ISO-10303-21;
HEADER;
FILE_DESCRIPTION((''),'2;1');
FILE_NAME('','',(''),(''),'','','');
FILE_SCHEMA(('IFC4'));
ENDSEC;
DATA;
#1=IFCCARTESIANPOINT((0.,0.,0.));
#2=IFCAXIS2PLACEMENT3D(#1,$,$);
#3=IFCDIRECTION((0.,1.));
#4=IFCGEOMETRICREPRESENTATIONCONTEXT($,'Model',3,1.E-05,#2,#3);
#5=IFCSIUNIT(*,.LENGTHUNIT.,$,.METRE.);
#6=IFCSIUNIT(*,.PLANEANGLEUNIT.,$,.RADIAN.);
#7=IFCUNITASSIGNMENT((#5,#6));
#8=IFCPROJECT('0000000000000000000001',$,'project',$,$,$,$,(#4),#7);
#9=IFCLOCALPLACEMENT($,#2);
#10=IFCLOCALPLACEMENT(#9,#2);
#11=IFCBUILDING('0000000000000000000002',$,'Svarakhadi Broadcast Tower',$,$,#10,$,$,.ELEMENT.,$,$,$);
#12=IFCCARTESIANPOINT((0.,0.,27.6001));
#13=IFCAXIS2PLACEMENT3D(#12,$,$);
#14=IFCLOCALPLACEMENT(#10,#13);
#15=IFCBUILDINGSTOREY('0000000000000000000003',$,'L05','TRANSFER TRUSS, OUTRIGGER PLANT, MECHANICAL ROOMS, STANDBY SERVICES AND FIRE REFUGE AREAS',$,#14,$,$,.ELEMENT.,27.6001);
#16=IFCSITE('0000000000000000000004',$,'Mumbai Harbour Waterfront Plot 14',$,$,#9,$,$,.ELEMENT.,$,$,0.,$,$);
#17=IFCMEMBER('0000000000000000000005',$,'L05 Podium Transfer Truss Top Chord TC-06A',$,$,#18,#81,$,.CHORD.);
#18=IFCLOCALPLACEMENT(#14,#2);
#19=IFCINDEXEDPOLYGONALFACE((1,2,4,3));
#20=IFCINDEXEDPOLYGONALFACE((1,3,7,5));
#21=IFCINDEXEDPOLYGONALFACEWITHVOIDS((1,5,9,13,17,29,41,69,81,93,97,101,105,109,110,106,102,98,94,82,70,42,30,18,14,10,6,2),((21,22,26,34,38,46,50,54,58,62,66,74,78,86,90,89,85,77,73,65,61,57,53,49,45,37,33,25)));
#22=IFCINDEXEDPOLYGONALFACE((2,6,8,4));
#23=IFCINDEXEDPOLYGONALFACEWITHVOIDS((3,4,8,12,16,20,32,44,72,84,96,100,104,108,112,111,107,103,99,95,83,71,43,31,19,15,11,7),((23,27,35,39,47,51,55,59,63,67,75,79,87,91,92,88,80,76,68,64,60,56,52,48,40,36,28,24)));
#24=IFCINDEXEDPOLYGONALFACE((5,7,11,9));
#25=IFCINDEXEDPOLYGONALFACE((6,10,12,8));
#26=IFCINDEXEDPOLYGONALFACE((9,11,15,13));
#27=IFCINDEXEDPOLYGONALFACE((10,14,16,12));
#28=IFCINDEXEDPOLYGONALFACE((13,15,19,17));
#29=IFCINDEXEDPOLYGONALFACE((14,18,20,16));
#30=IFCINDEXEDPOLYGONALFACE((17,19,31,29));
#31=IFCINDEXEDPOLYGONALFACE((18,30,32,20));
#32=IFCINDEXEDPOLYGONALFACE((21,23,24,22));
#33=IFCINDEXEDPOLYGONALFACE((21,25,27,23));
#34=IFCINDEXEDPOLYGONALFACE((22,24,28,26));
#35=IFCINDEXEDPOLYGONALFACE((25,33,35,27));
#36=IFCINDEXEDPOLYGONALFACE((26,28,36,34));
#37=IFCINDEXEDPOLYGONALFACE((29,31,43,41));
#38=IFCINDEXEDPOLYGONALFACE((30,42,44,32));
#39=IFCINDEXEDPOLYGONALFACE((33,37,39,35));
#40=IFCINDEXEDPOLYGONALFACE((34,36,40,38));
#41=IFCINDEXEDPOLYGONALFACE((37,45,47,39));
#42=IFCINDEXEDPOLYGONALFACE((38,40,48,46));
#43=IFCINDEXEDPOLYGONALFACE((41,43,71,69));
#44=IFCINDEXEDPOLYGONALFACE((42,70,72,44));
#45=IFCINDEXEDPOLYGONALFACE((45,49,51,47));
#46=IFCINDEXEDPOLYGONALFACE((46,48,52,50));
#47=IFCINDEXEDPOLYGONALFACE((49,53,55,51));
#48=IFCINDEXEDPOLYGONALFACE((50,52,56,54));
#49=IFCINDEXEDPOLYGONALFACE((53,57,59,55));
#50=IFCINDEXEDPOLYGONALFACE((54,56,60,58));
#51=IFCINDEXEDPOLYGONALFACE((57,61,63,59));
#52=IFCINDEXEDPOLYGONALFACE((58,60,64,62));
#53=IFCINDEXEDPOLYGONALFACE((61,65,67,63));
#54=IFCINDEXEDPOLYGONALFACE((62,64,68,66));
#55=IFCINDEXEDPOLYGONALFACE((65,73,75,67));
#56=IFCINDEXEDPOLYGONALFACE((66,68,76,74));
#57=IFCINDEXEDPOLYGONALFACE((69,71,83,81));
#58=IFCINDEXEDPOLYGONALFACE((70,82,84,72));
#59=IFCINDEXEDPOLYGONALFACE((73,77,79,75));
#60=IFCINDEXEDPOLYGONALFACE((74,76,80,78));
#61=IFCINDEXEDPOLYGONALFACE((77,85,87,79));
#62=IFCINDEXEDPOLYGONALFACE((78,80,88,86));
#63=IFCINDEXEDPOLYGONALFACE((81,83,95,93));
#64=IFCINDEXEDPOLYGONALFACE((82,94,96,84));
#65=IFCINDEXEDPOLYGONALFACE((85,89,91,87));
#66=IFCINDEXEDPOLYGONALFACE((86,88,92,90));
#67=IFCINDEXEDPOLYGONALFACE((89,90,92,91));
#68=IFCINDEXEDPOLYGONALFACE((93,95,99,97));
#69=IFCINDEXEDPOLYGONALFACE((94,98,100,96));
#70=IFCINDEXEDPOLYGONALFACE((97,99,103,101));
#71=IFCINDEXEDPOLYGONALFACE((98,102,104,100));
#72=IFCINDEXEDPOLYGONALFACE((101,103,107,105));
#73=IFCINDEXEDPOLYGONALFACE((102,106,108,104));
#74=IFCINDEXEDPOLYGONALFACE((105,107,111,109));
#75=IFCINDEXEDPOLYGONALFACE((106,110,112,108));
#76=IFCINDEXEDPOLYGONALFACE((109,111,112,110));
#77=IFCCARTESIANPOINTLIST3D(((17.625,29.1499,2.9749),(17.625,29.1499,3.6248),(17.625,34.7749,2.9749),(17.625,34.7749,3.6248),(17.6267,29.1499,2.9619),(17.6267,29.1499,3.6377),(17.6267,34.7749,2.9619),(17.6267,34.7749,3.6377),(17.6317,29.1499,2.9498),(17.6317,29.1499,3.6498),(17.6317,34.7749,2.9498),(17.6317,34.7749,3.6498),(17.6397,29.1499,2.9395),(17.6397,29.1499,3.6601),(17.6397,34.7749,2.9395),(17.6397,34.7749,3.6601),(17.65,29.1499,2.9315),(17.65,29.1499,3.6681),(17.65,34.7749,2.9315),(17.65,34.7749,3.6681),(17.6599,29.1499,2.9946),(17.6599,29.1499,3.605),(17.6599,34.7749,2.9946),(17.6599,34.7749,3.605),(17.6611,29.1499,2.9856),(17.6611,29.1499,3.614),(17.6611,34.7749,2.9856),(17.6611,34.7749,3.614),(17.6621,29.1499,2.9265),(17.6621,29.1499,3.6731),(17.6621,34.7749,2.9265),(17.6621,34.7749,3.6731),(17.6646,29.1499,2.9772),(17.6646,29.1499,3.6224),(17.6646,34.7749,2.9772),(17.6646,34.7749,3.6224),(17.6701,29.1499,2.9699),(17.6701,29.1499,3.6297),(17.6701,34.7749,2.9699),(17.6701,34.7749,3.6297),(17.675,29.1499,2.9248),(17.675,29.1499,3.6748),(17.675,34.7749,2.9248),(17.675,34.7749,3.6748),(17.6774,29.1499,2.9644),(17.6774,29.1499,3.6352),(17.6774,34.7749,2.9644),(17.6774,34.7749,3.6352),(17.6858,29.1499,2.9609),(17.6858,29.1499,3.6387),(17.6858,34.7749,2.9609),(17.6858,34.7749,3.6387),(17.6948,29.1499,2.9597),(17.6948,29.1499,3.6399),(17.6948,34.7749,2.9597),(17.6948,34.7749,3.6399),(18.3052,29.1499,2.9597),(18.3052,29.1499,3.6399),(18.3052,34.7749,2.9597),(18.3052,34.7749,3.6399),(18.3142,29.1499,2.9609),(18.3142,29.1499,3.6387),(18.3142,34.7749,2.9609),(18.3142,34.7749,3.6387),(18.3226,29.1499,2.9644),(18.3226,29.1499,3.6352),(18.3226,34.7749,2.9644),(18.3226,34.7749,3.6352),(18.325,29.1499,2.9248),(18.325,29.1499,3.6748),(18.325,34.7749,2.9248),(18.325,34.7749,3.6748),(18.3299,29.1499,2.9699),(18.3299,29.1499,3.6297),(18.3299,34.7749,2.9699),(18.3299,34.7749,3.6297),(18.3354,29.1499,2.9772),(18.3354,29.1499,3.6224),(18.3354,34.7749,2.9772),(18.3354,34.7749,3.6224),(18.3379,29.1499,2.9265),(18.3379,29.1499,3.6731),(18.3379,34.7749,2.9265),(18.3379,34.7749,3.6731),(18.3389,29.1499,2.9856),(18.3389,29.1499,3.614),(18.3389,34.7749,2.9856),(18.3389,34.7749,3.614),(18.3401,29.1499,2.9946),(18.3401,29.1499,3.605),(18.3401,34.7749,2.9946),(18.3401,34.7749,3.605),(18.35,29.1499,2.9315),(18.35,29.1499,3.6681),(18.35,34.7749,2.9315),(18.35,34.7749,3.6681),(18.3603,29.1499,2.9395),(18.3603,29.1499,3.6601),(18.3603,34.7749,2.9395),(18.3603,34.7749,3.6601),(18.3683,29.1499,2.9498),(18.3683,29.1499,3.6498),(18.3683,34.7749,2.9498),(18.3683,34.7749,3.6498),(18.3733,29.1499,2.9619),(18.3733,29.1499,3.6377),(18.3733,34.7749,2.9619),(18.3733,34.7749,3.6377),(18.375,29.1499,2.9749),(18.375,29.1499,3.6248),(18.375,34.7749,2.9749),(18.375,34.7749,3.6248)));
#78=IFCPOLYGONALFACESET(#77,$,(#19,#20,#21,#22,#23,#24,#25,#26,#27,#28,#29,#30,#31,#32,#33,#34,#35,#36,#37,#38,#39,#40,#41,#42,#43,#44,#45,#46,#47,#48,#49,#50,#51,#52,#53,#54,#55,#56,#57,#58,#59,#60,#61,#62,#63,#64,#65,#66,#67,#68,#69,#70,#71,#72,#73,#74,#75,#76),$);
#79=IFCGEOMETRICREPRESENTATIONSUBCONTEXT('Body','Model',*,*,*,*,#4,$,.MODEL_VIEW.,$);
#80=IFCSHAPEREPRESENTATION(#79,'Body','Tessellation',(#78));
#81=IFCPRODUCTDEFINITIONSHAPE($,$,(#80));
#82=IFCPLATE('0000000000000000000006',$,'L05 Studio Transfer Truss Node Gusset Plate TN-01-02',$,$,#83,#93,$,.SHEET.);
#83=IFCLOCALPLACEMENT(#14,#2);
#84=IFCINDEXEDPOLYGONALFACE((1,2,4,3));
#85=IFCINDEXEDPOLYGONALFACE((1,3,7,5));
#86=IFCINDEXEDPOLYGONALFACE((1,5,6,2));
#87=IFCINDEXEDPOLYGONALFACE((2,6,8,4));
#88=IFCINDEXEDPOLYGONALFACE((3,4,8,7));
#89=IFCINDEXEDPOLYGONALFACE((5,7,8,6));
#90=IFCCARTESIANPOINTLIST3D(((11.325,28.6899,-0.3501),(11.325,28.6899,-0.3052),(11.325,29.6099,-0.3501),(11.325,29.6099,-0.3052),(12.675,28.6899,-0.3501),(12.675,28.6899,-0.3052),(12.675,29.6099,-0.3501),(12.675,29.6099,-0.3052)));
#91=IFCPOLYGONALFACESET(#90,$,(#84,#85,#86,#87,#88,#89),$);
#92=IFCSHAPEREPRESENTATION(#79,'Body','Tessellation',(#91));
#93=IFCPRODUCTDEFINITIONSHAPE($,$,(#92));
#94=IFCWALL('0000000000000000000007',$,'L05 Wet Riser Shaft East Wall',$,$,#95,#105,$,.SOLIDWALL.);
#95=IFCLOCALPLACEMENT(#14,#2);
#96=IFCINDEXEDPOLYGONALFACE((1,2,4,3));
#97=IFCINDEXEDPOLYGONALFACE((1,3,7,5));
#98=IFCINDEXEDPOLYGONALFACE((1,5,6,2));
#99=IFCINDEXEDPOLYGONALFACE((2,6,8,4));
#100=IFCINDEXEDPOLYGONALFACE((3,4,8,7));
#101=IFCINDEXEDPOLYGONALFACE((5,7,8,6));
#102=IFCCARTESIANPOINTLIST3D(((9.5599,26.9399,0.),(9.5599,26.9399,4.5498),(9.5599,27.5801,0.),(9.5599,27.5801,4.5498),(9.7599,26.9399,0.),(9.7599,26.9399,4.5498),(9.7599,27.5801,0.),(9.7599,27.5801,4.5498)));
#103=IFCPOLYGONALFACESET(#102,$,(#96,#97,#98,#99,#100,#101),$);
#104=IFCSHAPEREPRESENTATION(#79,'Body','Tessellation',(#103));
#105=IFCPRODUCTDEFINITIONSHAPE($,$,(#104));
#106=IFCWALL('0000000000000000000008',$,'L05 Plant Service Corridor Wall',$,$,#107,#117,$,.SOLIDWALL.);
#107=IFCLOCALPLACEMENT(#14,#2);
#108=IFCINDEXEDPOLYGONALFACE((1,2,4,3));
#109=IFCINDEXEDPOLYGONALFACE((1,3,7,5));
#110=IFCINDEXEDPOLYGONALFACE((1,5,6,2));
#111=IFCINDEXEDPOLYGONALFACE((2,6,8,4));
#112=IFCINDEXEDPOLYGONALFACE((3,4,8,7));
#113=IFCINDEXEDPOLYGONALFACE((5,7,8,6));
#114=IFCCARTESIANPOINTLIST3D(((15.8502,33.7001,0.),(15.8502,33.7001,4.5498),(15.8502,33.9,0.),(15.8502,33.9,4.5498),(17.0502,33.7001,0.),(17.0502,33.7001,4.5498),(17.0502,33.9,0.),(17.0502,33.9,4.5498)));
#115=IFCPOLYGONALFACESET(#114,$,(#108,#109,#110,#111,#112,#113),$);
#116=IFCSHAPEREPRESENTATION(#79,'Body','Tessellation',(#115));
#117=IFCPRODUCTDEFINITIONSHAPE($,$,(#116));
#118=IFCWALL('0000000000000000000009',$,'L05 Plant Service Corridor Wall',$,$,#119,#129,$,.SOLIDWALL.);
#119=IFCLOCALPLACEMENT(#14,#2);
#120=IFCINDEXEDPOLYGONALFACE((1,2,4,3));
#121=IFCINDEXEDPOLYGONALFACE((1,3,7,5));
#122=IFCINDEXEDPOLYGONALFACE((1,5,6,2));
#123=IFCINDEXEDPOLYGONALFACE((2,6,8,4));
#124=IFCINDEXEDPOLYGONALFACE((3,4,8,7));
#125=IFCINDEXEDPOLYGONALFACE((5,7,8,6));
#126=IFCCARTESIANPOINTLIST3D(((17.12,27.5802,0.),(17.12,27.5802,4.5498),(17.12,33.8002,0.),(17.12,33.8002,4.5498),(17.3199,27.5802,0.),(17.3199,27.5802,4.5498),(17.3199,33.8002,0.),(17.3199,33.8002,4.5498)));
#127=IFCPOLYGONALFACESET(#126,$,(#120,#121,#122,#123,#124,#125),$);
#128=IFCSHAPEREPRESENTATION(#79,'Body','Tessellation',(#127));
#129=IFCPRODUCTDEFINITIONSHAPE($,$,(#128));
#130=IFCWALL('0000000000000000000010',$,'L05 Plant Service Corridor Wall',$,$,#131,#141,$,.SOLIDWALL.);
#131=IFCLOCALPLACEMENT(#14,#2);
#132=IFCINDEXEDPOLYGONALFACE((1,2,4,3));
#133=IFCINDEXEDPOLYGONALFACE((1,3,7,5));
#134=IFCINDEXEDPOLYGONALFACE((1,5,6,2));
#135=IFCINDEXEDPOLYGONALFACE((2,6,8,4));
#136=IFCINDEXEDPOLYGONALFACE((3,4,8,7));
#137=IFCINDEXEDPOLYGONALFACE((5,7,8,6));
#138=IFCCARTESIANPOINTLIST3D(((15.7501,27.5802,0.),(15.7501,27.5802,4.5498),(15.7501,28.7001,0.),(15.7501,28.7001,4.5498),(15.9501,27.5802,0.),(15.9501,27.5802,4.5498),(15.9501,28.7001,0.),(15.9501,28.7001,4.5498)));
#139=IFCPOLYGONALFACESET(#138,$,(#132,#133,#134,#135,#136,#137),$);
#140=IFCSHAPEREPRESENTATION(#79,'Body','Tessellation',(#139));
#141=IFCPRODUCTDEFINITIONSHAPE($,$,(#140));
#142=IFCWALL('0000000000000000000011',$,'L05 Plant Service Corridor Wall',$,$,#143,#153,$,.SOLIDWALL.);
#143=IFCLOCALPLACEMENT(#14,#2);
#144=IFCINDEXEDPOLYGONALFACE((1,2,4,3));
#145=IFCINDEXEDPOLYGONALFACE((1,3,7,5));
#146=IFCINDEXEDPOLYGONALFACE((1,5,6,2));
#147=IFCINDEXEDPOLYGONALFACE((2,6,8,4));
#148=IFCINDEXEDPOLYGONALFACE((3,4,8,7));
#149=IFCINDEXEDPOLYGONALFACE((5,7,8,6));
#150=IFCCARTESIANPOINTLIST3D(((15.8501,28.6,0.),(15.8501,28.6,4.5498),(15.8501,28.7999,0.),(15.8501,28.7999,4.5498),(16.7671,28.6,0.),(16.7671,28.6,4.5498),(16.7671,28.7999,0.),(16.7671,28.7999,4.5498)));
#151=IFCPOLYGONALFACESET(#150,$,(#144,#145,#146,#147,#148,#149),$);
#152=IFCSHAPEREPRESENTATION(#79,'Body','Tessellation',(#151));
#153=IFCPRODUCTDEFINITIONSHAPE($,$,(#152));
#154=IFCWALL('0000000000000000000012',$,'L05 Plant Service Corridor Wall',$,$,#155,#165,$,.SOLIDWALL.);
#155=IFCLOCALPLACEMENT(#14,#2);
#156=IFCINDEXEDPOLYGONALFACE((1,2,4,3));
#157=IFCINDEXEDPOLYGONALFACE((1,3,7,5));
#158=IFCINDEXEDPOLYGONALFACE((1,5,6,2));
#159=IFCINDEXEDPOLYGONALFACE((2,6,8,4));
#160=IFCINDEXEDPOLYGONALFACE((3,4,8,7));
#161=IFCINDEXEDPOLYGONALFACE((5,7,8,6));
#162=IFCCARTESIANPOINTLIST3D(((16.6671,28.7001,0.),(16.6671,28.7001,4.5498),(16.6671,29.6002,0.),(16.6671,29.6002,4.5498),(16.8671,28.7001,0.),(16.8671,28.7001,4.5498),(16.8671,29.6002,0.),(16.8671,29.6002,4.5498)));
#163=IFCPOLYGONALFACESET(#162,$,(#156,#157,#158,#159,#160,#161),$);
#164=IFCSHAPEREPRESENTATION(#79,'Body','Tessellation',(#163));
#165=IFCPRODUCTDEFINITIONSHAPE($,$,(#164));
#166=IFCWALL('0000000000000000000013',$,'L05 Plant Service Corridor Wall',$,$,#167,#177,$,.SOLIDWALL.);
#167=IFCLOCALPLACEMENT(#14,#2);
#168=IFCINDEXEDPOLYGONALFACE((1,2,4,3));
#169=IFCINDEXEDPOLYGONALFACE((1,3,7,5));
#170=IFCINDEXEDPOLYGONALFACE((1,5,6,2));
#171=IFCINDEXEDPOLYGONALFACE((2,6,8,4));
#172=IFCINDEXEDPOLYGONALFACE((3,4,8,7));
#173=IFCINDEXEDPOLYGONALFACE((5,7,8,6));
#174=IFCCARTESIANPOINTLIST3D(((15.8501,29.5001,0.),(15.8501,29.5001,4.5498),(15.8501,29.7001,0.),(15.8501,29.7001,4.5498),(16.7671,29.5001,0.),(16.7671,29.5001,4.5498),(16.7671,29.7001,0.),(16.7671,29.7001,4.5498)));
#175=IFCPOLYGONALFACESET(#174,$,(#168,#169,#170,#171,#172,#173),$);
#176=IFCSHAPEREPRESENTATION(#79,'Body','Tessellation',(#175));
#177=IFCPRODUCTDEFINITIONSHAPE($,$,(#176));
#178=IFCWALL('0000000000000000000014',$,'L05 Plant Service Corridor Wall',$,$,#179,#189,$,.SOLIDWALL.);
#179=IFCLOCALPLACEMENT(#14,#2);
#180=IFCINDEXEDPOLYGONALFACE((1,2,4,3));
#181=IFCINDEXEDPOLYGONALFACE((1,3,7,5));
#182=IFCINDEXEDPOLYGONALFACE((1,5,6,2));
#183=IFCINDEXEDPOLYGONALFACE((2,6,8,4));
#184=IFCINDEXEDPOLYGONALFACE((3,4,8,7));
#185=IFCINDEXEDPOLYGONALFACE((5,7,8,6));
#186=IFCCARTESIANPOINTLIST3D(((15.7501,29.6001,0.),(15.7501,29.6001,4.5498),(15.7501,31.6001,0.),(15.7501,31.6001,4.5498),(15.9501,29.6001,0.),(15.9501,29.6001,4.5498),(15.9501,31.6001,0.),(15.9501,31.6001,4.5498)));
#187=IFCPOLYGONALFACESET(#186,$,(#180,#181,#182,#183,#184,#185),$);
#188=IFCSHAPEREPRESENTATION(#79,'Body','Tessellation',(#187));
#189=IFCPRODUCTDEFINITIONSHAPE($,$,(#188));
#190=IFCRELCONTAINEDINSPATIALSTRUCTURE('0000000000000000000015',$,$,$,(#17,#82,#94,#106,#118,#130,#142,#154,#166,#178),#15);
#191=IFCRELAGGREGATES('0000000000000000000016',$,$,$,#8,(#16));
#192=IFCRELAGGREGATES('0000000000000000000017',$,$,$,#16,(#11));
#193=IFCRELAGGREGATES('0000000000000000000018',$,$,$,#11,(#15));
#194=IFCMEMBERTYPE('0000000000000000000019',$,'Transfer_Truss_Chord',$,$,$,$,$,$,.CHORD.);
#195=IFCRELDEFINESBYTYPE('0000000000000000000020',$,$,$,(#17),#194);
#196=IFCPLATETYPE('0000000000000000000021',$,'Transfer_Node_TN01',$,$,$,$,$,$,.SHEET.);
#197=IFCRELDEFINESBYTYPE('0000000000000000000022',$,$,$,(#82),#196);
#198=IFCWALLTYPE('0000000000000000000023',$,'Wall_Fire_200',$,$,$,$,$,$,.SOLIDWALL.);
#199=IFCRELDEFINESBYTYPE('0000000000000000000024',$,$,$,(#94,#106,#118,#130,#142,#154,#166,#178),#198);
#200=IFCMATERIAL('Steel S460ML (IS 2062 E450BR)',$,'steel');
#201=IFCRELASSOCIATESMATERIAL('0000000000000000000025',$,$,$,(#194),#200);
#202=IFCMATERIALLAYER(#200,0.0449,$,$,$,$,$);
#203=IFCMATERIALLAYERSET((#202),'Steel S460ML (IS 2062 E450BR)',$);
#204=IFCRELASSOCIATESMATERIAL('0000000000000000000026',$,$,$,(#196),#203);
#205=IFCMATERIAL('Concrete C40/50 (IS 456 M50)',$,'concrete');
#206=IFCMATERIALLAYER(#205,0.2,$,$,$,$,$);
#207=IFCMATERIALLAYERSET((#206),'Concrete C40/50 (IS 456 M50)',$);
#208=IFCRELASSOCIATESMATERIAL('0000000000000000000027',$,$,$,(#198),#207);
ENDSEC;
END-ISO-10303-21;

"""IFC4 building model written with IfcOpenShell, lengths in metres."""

from ifc_helpers import new_model, si_unit, direction, frame, frame_2d, origin, origin_2d, place, context, subcontext, project, spatial, rectangle, hollow_rectangle, extrude, material, layer, layer_set, material_profile, profile_set, type_object, element, save


model = new_model("IFC4")

# Units and contexts
model_context = context("Model", 3, precision=1e-05, world=origin(), true_north=direction((0.0, 1.0)))
body_context = subcontext(model_context, "Body", "Model", "MODEL_VIEW")
ifc_project = project(units=[si_unit("LENGTHUNIT", "METRE"), si_unit("PLANEANGLEUNIT", "RADIAN")], contexts=[model_context])

# Site, building, storey
site_placement = place(None, origin())
site = spatial("IfcSite", under=ifc_project, at=site_placement, Name="Mumbai Harbour Waterfront Plot 14", CompositionType="ELEMENT", RefElevation=0.0)
building_placement = place(site_placement, origin())
building = spatial("IfcBuilding", under=site, at=building_placement, Name="Svarakhadi Broadcast Tower", CompositionType="ELEMENT")
storey_placement = place(building_placement, frame((0.0, 0.0, 27.6001)))
storey = spatial("IfcBuildingStorey", under=building, at=storey_placement, Name="L05", Description="TRANSFER TRUSS, OUTRIGGER PLANT, MECHANICAL ROOMS, STANDBY SERVICES AND FIRE REFUGE AREAS", CompositionType="ELEMENT", Elevation=27.6001)

# Shared definitions
ifc_material_1 = material(Name="Steel S460ML (IS 2062 E450BR)", Category="steel")

# Member
ifc_material_profile_1 = material_profile(ifc_material_1, hollow_rectangle(XDim=0.75, YDim=0.75, WallThickness=0.0349, InnerFilletRadius=0.0349, OuterFilletRadius=0.05, at=origin_2d()), Name="BOX 750x750x35")
ifc_profile_set_1 = profile_set([ifc_material_profile_1], Name="Steel S460ML (IS 2062 E450BR)")
member_type_1 = type_object("IfcMemberType", Name="Transfer_Truss_Chord", PredefinedType="CHORD", material=ifc_profile_set_1)
member_placement = place(storey_placement, frame((18.0, 29.1499, 3.2998), z_axis=(0.0, 1.0, 0.0), x_axis=(-1.0, 0.0, 0.0)))
element("IfcMember", 1, at=member_placement, inside=storey, type_object=member_type_1, Name="L05 Podium Transfer Truss Top Chord TC-06A", PredefinedType="CHORD", context=body_context, shape_type="SweptSolid", body=[
    extrude(hollow_rectangle(XDim=0.75, YDim=0.75, WallThickness=0.0349, InnerFilletRadius=0.0349, OuterFilletRadius=0.05, at=origin_2d()), origin(), (0.0, 0.0, 1.0), 5.625),
])

# Plate
ifc_layer_1 = layer(ifc_material_1, 0.0449)
ifc_layer_set_1 = layer_set([ifc_layer_1], Name="Steel S460ML (IS 2062 E450BR)")
plate_type = type_object("IfcPlateType", Name="Transfer_Node_TN01", PredefinedType="SHEET", material=ifc_layer_set_1)
plate_placement = place(storey_placement, frame((12.0, 29.1499, -0.3501), z_axis=(0.0, 0.0, 1.0), x_axis=(1.0, 0.0, 0.0)))
element("IfcPlate", 2, at=plate_placement, inside=storey, type_object=plate_type, Name="L05 Studio Transfer Truss Node Gusset Plate TN-01-02", PredefinedType="SHEET", context=body_context, shape_type="SweptSolid", body=[
    extrude(rectangle(XDim=1.3501, YDim=0.9199, at=origin_2d()), origin(), (0.0, 0.0, 1.0), 0.0449),
])

# Walls
ifc_material_2 = material(Name="Concrete C40/50 (IS 456 M50)", Category="concrete")
ifc_layer_2 = layer(ifc_material_2, 0.2)
ifc_layer_set_2 = layer_set([ifc_layer_2], Name="Concrete C40/50 (IS 456 M50)")
wall_type = type_object("IfcWallType", Name="Wall_Fire_200", PredefinedType="SOLIDWALL", material=ifc_layer_set_2)
wall_1_placement = place(storey_placement, frame((9.6599, 26.9399, 0.0), z_axis=(0.0, 0.0, 1.0), x_axis=(0.0, 1.0, 0.0)))
element("IfcWall", 3, at=wall_1_placement, inside=storey, type_object=wall_type, Name="L05 Wet Riser Shaft East Wall", PredefinedType="SOLIDWALL", context=body_context, shape_type="SweptSolid", body=[
    extrude(rectangle(XDim=0.6401, YDim=0.2, at=frame_2d((0.3201, 0.0))), origin(), (0.0, 0.0, 1.0), 4.5498),
])
wall_2_placement = place(storey_placement, frame((15.8501, 33.8, 0.0), z_axis=(0.0, 0.0, 1.0), x_axis=(1.0, 0.0, 0.0)))
element("IfcWall", 4, at=wall_2_placement, inside=storey, type_object=wall_type, Name="L05 Plant Service Corridor Wall", PredefinedType="SOLIDWALL", context=body_context, shape_type="SweptSolid", body=[
    extrude(rectangle(XDim=1.2, YDim=0.2, at=frame_2d((0.6001, 0.0))), origin(), (0.0, 0.0, 1.0), 4.5498),
])
wall_3_placement = place(storey_placement, frame((17.22, 33.8, 0.0), z_axis=(0.0, 0.0, 1.0), x_axis=(0.0, -1.0, 0.0)))
element("IfcWall", 5, at=wall_3_placement, inside=storey, type_object=wall_type, Name="L05 Plant Service Corridor Wall", PredefinedType="SOLIDWALL", context=body_context, shape_type="SweptSolid", body=[
    extrude(rectangle(XDim=6.22, YDim=0.2, at=frame_2d((3.1099, 0.0))), origin(), (0.0, 0.0, 1.0), 4.5498),
])
wall_4_placement = place(storey_placement, frame((15.8501, 27.5801, 0.0), z_axis=(0.0, 0.0, 1.0), x_axis=(0.0, 1.0, 0.0)))
element("IfcWall", 6, at=wall_4_placement, inside=storey, type_object=wall_type, Name="L05 Plant Service Corridor Wall", PredefinedType="SOLIDWALL", context=body_context, shape_type="SweptSolid", body=[
    extrude(rectangle(XDim=1.1199, YDim=0.2, at=frame_2d((0.5601, 0.0))), origin(), (0.0, 0.0, 1.0), 4.5498),
])
wall_5_placement = place(storey_placement, frame((15.8501, 28.7, 0.0), z_axis=(0.0, 0.0, 1.0), x_axis=(1.0, 0.0, 0.0)))
element("IfcWall", 7, at=wall_5_placement, inside=storey, type_object=wall_type, Name="L05 Plant Service Corridor Wall", PredefinedType="SOLIDWALL", context=body_context, shape_type="SweptSolid", body=[
    extrude(rectangle(XDim=0.917, YDim=0.2, at=frame_2d((0.4585, 0.0))), origin(), (0.0, 0.0, 1.0), 4.5498),
])
wall_6_placement = place(storey_placement, frame((16.7671, 28.7, 0.0), z_axis=(0.0, 0.0, 1.0), x_axis=(0.0, 1.0, 0.0)))
element("IfcWall", 8, at=wall_6_placement, inside=storey, type_object=wall_type, Name="L05 Plant Service Corridor Wall", PredefinedType="SOLIDWALL", context=body_context, shape_type="SweptSolid", body=[
    extrude(rectangle(XDim=0.9001, YDim=0.2, at=frame_2d((0.4502, 0.0))), origin(), (0.0, 0.0, 1.0), 4.5498),
])
wall_7_placement = place(storey_placement, frame((16.7671, 29.6001, 0.0), z_axis=(0.0, 0.0, 1.0), x_axis=(-1.0, 0.0, 0.0)))
element("IfcWall", 9, at=wall_7_placement, inside=storey, type_object=wall_type, Name="L05 Plant Service Corridor Wall", PredefinedType="SOLIDWALL", context=body_context, shape_type="SweptSolid", body=[
    extrude(rectangle(XDim=0.917, YDim=0.2, at=frame_2d((0.4585, 0.0))), origin(), (0.0, 0.0, 1.0), 4.5498),
])
wall_8_placement = place(storey_placement, frame((15.8501, 29.6001, 0.0), z_axis=(0.0, 0.0, 1.0), x_axis=(0.0, 1.0, 0.0)))
element("IfcWall", 10, at=wall_8_placement, inside=storey, type_object=wall_type, Name="L05 Plant Service Corridor Wall", PredefinedType="SOLIDWALL", context=body_context, shape_type="SweptSolid", body=[
    extrude(rectangle(XDim=2.0, YDim=0.2, at=frame_2d((1.0, 0.0))), origin(), (0.0, 0.0, 1.0), 4.5498),
])

save(model, "model.ifc")
